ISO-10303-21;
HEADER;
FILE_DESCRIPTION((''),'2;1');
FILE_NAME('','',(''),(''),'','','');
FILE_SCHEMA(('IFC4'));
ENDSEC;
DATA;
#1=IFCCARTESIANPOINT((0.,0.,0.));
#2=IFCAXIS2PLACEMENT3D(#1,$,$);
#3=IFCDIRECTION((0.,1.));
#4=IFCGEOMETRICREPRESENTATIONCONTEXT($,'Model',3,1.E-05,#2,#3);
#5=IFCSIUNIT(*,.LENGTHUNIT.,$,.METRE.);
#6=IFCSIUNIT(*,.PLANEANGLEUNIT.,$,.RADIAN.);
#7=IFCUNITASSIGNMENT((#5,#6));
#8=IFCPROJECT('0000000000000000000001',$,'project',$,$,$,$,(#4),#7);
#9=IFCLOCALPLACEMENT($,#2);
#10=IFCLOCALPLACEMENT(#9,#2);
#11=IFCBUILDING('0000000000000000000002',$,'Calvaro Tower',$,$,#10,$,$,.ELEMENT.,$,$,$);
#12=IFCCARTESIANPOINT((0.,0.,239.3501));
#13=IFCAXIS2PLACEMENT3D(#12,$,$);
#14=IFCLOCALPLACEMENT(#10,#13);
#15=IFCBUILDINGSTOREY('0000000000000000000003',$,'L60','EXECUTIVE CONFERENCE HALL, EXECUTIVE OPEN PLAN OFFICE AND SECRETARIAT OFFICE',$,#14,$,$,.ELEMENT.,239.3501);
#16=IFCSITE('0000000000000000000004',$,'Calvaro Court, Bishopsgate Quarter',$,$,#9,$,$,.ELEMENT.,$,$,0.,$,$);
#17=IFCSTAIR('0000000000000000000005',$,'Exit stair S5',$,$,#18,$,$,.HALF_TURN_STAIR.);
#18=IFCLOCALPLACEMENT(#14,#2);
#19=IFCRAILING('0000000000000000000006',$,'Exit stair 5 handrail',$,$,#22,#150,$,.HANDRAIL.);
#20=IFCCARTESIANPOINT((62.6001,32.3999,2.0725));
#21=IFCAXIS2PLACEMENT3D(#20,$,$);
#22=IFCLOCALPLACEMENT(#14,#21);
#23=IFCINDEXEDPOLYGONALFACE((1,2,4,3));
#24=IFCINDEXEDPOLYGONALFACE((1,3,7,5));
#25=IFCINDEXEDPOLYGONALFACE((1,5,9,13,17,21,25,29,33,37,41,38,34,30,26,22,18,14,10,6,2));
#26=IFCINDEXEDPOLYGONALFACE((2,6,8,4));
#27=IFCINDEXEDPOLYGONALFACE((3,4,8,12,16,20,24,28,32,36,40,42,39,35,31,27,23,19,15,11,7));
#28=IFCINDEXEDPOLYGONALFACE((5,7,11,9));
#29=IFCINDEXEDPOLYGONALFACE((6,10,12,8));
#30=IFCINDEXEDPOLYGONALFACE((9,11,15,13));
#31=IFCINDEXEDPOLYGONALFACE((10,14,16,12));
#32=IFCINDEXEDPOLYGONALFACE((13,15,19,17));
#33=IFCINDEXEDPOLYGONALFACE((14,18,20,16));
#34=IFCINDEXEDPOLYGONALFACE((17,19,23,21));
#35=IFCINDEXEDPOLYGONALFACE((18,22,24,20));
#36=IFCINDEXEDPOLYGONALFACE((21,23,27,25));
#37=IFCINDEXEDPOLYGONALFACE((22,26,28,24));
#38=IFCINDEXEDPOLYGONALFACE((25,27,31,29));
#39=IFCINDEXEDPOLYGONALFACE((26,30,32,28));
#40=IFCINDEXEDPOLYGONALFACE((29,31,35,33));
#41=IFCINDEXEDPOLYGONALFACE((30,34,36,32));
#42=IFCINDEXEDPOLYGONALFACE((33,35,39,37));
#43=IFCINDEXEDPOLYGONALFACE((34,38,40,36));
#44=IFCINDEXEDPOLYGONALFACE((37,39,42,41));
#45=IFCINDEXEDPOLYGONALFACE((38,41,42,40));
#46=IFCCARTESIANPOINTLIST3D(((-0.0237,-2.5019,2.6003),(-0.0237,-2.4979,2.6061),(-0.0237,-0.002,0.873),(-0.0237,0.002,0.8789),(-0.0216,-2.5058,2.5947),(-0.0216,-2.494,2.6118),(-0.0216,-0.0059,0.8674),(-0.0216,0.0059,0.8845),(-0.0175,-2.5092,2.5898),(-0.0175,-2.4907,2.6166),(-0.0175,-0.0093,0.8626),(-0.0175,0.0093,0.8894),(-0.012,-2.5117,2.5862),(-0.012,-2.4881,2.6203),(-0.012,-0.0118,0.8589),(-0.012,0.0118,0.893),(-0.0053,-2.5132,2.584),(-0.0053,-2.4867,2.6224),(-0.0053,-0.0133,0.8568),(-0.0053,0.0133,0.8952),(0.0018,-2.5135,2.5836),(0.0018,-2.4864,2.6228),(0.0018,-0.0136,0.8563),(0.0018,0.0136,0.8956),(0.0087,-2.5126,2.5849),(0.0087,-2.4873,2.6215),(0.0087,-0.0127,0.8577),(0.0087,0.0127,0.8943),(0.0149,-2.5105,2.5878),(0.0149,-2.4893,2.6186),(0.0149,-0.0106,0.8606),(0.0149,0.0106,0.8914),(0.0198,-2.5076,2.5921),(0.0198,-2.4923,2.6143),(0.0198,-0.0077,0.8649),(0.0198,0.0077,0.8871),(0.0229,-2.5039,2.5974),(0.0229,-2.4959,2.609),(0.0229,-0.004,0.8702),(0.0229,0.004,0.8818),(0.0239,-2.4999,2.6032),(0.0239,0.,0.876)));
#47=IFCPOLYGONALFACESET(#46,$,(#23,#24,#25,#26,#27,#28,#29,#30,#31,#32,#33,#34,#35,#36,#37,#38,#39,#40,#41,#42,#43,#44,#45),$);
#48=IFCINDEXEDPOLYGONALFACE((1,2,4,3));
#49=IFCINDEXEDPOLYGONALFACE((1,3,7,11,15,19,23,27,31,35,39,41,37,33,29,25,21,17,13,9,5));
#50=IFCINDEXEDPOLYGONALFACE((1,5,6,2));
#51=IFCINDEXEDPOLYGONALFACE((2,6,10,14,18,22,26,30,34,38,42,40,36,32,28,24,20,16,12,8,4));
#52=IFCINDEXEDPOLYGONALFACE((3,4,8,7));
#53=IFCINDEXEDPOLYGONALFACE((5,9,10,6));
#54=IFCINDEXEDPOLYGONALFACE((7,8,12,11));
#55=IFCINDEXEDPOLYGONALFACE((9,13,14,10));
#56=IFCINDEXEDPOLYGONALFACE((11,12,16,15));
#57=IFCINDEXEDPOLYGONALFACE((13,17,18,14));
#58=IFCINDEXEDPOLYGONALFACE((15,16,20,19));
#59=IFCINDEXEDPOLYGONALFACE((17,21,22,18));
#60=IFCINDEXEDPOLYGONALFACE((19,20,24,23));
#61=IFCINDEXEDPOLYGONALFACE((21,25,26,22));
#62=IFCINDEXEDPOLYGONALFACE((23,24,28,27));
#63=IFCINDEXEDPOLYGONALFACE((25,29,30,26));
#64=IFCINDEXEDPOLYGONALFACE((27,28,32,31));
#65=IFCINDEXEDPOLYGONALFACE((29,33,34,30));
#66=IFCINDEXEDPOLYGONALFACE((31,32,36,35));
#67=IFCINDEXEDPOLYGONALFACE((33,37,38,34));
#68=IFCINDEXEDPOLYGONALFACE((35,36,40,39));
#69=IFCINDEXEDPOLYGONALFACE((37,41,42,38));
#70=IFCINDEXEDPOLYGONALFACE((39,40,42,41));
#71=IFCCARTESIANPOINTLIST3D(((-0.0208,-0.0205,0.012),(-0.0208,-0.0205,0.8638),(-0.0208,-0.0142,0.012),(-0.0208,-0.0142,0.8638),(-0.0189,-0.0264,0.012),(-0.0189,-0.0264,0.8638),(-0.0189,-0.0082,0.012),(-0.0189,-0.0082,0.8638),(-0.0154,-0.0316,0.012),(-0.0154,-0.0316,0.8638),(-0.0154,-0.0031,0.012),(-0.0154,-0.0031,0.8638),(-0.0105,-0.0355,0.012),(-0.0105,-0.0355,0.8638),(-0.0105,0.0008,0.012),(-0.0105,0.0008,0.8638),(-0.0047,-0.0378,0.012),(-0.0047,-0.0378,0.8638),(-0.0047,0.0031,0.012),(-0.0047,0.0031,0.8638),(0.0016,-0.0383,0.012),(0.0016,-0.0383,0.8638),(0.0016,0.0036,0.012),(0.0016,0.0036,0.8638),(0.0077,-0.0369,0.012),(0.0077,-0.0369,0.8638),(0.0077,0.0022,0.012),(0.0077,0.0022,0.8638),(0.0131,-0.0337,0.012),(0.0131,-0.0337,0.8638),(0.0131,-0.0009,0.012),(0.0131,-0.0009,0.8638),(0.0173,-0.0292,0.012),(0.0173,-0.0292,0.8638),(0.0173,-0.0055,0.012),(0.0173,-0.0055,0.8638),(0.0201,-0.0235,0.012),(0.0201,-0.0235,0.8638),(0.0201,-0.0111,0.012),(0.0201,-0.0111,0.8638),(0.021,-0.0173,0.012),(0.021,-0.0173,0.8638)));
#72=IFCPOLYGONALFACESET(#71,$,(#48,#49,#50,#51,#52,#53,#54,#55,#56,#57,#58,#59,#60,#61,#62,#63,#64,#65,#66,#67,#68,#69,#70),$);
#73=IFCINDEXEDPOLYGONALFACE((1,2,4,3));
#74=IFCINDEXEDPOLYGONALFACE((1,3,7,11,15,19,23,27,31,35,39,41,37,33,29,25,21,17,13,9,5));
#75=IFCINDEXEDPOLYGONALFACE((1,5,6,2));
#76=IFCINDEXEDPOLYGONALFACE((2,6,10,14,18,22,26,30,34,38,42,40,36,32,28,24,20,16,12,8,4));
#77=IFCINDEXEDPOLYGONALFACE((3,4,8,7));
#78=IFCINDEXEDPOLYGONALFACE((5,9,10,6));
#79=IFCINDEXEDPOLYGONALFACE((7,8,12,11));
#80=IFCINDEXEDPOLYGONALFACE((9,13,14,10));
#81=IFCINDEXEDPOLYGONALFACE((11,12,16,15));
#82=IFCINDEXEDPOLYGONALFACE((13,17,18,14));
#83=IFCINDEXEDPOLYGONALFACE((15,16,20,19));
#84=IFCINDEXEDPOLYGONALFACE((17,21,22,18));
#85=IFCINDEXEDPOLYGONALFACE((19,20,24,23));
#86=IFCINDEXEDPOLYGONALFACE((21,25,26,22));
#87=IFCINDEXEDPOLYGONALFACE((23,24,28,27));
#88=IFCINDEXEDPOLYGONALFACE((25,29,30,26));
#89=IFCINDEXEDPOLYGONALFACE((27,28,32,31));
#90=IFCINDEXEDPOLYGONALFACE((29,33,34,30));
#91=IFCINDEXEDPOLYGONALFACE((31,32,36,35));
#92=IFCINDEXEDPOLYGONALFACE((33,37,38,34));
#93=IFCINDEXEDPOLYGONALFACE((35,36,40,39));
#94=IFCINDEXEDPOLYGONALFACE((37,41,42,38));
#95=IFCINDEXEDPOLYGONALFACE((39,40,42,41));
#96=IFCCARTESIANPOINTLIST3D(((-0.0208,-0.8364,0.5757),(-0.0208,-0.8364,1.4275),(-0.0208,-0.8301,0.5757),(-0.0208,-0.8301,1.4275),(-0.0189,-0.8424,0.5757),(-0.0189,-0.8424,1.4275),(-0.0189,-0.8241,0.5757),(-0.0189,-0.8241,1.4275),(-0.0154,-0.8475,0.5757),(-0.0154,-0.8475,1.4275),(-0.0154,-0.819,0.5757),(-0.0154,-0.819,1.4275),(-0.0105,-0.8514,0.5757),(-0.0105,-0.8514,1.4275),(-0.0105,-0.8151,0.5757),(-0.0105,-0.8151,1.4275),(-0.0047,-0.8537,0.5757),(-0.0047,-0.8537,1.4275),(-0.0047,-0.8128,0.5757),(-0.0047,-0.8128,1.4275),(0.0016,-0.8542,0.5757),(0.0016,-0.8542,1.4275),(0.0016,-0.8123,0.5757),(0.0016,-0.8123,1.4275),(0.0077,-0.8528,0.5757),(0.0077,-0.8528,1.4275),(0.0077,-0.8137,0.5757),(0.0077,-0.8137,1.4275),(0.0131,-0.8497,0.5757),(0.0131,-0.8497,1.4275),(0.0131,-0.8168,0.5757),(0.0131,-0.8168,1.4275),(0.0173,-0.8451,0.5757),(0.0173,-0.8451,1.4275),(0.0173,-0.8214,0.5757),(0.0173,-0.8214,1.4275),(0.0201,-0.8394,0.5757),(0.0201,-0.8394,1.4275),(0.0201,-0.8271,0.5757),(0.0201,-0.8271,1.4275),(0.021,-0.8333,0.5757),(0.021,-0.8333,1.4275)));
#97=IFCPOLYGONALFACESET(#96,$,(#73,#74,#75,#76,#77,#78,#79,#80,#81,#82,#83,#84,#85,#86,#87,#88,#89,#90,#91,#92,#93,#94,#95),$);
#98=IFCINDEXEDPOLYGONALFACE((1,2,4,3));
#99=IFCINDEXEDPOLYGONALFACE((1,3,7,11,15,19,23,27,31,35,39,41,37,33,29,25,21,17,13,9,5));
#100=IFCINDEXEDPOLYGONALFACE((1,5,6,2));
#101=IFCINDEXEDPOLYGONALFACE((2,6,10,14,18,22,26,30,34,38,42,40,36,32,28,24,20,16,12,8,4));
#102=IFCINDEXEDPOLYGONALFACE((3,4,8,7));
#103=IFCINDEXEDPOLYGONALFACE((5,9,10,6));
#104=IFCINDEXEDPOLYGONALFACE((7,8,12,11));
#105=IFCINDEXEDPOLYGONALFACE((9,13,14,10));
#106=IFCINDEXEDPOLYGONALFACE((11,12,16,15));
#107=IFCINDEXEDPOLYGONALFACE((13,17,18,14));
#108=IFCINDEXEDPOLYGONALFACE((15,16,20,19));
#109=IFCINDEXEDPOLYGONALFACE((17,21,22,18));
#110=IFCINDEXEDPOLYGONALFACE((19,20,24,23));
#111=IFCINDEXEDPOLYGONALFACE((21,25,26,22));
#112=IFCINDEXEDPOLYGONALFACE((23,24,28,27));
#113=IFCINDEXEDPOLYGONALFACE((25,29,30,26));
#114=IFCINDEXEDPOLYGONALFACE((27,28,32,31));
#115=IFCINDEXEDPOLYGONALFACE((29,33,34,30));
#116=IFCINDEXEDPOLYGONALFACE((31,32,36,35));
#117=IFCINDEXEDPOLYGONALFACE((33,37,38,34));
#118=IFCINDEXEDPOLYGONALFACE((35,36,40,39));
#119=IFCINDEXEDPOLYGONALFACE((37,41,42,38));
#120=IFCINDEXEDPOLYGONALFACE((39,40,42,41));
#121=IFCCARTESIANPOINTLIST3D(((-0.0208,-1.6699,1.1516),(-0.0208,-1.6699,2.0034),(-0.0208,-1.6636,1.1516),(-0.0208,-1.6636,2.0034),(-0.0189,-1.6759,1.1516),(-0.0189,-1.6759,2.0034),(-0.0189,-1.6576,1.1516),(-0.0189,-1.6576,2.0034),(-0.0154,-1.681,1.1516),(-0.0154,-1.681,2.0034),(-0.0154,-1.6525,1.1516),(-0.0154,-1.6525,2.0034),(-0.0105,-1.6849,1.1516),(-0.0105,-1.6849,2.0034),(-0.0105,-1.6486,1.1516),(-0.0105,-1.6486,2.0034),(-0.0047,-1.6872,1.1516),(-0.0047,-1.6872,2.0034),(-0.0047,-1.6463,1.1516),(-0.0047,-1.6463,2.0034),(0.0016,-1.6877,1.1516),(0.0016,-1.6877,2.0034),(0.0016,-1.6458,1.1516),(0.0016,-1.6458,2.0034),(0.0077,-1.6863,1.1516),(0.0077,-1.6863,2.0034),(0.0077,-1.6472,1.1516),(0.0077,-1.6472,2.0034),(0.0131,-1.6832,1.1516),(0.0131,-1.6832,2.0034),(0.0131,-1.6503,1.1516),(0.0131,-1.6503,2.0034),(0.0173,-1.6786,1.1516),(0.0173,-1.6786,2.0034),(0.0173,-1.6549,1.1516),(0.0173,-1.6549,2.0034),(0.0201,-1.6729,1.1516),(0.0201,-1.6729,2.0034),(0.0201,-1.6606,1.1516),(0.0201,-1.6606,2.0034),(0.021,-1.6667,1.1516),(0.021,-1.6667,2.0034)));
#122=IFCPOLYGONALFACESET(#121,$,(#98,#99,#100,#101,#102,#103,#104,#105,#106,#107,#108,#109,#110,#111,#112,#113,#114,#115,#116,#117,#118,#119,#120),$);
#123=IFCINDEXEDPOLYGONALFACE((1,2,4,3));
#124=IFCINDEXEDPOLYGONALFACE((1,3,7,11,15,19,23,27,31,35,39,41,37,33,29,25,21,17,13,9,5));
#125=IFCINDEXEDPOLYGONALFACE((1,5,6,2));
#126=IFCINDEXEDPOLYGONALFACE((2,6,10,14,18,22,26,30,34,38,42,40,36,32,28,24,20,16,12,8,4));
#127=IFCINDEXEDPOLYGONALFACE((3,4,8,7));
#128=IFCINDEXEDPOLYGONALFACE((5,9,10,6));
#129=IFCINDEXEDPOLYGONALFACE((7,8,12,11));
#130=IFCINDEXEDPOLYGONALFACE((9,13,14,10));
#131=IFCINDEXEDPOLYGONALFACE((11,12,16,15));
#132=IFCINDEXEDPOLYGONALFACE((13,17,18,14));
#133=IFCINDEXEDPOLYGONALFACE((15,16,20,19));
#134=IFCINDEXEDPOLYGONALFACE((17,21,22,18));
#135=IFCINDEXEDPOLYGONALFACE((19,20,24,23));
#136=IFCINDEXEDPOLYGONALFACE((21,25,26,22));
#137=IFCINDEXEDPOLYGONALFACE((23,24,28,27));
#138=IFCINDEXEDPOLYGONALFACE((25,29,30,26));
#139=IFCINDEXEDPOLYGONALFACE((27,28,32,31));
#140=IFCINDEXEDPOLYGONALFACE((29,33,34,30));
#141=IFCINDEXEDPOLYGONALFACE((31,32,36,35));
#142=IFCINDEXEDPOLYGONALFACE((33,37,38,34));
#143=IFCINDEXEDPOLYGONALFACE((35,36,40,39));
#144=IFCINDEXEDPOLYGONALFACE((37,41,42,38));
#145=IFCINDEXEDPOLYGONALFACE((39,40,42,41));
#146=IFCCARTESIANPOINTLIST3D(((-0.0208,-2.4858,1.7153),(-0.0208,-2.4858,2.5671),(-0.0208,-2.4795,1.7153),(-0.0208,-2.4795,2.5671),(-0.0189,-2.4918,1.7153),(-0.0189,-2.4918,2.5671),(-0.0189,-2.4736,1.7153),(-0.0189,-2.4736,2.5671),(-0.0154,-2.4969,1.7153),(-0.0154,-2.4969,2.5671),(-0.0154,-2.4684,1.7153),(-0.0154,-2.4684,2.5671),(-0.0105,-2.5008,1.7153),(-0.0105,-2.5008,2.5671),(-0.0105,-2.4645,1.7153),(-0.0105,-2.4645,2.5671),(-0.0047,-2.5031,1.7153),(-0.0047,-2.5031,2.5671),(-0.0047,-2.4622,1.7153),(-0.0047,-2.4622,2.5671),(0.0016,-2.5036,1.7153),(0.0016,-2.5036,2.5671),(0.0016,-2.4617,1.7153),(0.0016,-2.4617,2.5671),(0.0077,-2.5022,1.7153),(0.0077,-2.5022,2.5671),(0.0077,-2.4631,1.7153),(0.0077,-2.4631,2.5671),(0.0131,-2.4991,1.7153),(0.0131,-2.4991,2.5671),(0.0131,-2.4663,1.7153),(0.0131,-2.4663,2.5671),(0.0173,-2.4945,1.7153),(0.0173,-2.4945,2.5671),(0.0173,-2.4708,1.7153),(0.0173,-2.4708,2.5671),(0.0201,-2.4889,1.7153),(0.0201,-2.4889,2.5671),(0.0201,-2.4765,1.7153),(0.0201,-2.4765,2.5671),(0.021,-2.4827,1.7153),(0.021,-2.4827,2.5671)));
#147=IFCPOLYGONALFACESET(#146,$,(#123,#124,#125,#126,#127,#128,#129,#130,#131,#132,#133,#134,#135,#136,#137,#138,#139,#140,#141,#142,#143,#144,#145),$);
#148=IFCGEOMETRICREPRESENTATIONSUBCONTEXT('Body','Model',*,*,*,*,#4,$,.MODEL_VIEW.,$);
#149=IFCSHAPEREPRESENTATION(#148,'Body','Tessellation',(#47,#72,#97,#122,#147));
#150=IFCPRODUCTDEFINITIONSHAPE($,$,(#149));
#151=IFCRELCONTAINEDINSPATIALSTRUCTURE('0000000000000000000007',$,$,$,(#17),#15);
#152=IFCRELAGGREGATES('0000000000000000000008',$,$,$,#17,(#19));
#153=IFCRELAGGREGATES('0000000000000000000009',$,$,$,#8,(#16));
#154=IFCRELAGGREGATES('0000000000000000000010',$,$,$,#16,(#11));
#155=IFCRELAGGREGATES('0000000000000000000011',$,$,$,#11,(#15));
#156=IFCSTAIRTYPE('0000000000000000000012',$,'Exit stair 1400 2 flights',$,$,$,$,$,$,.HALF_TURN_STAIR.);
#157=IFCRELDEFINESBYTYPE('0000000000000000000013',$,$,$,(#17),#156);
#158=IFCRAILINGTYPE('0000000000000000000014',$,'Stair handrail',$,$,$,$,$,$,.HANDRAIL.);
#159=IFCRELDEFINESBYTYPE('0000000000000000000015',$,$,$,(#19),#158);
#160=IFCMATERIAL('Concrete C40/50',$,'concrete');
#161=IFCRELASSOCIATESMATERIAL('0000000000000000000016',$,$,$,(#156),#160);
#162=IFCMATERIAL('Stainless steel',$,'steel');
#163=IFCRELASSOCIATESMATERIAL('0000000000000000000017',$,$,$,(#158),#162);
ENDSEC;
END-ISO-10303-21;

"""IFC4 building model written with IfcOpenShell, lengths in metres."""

from ifc_helpers import new_model, si_unit, direction, frame, origin, origin_2d, place, context, subcontext, project, spatial, circle, extrude, material, type_object, element, aggregate, save


model = new_model("IFC4")

# Units and contexts
model_context = context("Model", 3, precision=1e-05, world=origin(), true_north=direction((0.0, 1.0)))
body_context = subcontext(model_context, "Body", "Model", "MODEL_VIEW")
ifc_project = project(units=[si_unit("LENGTHUNIT", "METRE"), si_unit("PLANEANGLEUNIT", "RADIAN")], contexts=[model_context])

# Site, building, storey
site_placement = place(None, origin())
site = spatial("IfcSite", under=ifc_project, at=site_placement, Name="Calvaro Court, Bishopsgate Quarter", CompositionType="ELEMENT", RefElevation=0.0)
building_placement = place(site_placement, origin())
building = spatial("IfcBuilding", under=site, at=building_placement, Name="Calvaro Tower", CompositionType="ELEMENT")
storey_placement = place(building_placement, frame((0.0, 0.0, 239.3501)))
storey = spatial("IfcBuildingStorey", under=building, at=storey_placement, Name="L60", Description="EXECUTIVE CONFERENCE HALL, EXECUTIVE OPEN PLAN OFFICE AND SECRETARIAT OFFICE", CompositionType="ELEMENT", Elevation=239.3501)

# Stair, railing
ifc_material_1 = material(Name="Concrete C40/50", Category="concrete")
stair_type = type_object("IfcStairType", Name="Exit stair 1400 2 flights", PredefinedType="HALF_TURN_STAIR", material=ifc_material_1)
stair_placement = place(storey_placement, origin())
stair = element("IfcStair", 1, at=stair_placement, inside=storey, type_object=stair_type, Name="Exit stair S5", PredefinedType="HALF_TURN_STAIR")
ifc_material_2 = material(Name="Stainless steel", Category="steel")
railing_type = type_object("IfcRailingType", Name="Stair handrail", PredefinedType="HANDRAIL", material=ifc_material_2)
railing_1_placement = place(storey_placement, frame((62.6001, 32.3999, 2.0725)))
railing_1 = element("IfcRailing", 2, at=railing_1_placement, type_object=railing_type, Name="Exit stair 5 handrail", PredefinedType="HANDRAIL", context=body_context, shape_type="SweptSolid", body=[
    extrude(circle(Radius=0.0239, at=origin_2d()), frame((0.0, 0.0, 0.876), z_axis=(0.0, -0.822727, 0.568437), x_axis=(1.0, 0.0, 0.0)), (0.0, 0.0, 1.0), 3.0386),
    extrude(circle(Radius=0.021, at=origin_2d()), frame((0.0, -0.0173, 0.012)), (0.0, 0.0, 1.0), 0.8518),
    extrude(circle(Radius=0.021, at=origin_2d()), frame((0.0, -0.8333, 0.5757)), (0.0, 0.0, 1.0), 0.8518),
    extrude(circle(Radius=0.021, at=origin_2d()), frame((0.0, -1.6667, 1.1516)), (0.0, 0.0, 1.0), 0.8518),
    extrude(circle(Radius=0.021, at=origin_2d()), frame((0.0, -2.4827, 1.7153)), (0.0, 0.0, 1.0), 0.8518),
])
aggregate(stair, [railing_1])

save(model, "model.ifc")
